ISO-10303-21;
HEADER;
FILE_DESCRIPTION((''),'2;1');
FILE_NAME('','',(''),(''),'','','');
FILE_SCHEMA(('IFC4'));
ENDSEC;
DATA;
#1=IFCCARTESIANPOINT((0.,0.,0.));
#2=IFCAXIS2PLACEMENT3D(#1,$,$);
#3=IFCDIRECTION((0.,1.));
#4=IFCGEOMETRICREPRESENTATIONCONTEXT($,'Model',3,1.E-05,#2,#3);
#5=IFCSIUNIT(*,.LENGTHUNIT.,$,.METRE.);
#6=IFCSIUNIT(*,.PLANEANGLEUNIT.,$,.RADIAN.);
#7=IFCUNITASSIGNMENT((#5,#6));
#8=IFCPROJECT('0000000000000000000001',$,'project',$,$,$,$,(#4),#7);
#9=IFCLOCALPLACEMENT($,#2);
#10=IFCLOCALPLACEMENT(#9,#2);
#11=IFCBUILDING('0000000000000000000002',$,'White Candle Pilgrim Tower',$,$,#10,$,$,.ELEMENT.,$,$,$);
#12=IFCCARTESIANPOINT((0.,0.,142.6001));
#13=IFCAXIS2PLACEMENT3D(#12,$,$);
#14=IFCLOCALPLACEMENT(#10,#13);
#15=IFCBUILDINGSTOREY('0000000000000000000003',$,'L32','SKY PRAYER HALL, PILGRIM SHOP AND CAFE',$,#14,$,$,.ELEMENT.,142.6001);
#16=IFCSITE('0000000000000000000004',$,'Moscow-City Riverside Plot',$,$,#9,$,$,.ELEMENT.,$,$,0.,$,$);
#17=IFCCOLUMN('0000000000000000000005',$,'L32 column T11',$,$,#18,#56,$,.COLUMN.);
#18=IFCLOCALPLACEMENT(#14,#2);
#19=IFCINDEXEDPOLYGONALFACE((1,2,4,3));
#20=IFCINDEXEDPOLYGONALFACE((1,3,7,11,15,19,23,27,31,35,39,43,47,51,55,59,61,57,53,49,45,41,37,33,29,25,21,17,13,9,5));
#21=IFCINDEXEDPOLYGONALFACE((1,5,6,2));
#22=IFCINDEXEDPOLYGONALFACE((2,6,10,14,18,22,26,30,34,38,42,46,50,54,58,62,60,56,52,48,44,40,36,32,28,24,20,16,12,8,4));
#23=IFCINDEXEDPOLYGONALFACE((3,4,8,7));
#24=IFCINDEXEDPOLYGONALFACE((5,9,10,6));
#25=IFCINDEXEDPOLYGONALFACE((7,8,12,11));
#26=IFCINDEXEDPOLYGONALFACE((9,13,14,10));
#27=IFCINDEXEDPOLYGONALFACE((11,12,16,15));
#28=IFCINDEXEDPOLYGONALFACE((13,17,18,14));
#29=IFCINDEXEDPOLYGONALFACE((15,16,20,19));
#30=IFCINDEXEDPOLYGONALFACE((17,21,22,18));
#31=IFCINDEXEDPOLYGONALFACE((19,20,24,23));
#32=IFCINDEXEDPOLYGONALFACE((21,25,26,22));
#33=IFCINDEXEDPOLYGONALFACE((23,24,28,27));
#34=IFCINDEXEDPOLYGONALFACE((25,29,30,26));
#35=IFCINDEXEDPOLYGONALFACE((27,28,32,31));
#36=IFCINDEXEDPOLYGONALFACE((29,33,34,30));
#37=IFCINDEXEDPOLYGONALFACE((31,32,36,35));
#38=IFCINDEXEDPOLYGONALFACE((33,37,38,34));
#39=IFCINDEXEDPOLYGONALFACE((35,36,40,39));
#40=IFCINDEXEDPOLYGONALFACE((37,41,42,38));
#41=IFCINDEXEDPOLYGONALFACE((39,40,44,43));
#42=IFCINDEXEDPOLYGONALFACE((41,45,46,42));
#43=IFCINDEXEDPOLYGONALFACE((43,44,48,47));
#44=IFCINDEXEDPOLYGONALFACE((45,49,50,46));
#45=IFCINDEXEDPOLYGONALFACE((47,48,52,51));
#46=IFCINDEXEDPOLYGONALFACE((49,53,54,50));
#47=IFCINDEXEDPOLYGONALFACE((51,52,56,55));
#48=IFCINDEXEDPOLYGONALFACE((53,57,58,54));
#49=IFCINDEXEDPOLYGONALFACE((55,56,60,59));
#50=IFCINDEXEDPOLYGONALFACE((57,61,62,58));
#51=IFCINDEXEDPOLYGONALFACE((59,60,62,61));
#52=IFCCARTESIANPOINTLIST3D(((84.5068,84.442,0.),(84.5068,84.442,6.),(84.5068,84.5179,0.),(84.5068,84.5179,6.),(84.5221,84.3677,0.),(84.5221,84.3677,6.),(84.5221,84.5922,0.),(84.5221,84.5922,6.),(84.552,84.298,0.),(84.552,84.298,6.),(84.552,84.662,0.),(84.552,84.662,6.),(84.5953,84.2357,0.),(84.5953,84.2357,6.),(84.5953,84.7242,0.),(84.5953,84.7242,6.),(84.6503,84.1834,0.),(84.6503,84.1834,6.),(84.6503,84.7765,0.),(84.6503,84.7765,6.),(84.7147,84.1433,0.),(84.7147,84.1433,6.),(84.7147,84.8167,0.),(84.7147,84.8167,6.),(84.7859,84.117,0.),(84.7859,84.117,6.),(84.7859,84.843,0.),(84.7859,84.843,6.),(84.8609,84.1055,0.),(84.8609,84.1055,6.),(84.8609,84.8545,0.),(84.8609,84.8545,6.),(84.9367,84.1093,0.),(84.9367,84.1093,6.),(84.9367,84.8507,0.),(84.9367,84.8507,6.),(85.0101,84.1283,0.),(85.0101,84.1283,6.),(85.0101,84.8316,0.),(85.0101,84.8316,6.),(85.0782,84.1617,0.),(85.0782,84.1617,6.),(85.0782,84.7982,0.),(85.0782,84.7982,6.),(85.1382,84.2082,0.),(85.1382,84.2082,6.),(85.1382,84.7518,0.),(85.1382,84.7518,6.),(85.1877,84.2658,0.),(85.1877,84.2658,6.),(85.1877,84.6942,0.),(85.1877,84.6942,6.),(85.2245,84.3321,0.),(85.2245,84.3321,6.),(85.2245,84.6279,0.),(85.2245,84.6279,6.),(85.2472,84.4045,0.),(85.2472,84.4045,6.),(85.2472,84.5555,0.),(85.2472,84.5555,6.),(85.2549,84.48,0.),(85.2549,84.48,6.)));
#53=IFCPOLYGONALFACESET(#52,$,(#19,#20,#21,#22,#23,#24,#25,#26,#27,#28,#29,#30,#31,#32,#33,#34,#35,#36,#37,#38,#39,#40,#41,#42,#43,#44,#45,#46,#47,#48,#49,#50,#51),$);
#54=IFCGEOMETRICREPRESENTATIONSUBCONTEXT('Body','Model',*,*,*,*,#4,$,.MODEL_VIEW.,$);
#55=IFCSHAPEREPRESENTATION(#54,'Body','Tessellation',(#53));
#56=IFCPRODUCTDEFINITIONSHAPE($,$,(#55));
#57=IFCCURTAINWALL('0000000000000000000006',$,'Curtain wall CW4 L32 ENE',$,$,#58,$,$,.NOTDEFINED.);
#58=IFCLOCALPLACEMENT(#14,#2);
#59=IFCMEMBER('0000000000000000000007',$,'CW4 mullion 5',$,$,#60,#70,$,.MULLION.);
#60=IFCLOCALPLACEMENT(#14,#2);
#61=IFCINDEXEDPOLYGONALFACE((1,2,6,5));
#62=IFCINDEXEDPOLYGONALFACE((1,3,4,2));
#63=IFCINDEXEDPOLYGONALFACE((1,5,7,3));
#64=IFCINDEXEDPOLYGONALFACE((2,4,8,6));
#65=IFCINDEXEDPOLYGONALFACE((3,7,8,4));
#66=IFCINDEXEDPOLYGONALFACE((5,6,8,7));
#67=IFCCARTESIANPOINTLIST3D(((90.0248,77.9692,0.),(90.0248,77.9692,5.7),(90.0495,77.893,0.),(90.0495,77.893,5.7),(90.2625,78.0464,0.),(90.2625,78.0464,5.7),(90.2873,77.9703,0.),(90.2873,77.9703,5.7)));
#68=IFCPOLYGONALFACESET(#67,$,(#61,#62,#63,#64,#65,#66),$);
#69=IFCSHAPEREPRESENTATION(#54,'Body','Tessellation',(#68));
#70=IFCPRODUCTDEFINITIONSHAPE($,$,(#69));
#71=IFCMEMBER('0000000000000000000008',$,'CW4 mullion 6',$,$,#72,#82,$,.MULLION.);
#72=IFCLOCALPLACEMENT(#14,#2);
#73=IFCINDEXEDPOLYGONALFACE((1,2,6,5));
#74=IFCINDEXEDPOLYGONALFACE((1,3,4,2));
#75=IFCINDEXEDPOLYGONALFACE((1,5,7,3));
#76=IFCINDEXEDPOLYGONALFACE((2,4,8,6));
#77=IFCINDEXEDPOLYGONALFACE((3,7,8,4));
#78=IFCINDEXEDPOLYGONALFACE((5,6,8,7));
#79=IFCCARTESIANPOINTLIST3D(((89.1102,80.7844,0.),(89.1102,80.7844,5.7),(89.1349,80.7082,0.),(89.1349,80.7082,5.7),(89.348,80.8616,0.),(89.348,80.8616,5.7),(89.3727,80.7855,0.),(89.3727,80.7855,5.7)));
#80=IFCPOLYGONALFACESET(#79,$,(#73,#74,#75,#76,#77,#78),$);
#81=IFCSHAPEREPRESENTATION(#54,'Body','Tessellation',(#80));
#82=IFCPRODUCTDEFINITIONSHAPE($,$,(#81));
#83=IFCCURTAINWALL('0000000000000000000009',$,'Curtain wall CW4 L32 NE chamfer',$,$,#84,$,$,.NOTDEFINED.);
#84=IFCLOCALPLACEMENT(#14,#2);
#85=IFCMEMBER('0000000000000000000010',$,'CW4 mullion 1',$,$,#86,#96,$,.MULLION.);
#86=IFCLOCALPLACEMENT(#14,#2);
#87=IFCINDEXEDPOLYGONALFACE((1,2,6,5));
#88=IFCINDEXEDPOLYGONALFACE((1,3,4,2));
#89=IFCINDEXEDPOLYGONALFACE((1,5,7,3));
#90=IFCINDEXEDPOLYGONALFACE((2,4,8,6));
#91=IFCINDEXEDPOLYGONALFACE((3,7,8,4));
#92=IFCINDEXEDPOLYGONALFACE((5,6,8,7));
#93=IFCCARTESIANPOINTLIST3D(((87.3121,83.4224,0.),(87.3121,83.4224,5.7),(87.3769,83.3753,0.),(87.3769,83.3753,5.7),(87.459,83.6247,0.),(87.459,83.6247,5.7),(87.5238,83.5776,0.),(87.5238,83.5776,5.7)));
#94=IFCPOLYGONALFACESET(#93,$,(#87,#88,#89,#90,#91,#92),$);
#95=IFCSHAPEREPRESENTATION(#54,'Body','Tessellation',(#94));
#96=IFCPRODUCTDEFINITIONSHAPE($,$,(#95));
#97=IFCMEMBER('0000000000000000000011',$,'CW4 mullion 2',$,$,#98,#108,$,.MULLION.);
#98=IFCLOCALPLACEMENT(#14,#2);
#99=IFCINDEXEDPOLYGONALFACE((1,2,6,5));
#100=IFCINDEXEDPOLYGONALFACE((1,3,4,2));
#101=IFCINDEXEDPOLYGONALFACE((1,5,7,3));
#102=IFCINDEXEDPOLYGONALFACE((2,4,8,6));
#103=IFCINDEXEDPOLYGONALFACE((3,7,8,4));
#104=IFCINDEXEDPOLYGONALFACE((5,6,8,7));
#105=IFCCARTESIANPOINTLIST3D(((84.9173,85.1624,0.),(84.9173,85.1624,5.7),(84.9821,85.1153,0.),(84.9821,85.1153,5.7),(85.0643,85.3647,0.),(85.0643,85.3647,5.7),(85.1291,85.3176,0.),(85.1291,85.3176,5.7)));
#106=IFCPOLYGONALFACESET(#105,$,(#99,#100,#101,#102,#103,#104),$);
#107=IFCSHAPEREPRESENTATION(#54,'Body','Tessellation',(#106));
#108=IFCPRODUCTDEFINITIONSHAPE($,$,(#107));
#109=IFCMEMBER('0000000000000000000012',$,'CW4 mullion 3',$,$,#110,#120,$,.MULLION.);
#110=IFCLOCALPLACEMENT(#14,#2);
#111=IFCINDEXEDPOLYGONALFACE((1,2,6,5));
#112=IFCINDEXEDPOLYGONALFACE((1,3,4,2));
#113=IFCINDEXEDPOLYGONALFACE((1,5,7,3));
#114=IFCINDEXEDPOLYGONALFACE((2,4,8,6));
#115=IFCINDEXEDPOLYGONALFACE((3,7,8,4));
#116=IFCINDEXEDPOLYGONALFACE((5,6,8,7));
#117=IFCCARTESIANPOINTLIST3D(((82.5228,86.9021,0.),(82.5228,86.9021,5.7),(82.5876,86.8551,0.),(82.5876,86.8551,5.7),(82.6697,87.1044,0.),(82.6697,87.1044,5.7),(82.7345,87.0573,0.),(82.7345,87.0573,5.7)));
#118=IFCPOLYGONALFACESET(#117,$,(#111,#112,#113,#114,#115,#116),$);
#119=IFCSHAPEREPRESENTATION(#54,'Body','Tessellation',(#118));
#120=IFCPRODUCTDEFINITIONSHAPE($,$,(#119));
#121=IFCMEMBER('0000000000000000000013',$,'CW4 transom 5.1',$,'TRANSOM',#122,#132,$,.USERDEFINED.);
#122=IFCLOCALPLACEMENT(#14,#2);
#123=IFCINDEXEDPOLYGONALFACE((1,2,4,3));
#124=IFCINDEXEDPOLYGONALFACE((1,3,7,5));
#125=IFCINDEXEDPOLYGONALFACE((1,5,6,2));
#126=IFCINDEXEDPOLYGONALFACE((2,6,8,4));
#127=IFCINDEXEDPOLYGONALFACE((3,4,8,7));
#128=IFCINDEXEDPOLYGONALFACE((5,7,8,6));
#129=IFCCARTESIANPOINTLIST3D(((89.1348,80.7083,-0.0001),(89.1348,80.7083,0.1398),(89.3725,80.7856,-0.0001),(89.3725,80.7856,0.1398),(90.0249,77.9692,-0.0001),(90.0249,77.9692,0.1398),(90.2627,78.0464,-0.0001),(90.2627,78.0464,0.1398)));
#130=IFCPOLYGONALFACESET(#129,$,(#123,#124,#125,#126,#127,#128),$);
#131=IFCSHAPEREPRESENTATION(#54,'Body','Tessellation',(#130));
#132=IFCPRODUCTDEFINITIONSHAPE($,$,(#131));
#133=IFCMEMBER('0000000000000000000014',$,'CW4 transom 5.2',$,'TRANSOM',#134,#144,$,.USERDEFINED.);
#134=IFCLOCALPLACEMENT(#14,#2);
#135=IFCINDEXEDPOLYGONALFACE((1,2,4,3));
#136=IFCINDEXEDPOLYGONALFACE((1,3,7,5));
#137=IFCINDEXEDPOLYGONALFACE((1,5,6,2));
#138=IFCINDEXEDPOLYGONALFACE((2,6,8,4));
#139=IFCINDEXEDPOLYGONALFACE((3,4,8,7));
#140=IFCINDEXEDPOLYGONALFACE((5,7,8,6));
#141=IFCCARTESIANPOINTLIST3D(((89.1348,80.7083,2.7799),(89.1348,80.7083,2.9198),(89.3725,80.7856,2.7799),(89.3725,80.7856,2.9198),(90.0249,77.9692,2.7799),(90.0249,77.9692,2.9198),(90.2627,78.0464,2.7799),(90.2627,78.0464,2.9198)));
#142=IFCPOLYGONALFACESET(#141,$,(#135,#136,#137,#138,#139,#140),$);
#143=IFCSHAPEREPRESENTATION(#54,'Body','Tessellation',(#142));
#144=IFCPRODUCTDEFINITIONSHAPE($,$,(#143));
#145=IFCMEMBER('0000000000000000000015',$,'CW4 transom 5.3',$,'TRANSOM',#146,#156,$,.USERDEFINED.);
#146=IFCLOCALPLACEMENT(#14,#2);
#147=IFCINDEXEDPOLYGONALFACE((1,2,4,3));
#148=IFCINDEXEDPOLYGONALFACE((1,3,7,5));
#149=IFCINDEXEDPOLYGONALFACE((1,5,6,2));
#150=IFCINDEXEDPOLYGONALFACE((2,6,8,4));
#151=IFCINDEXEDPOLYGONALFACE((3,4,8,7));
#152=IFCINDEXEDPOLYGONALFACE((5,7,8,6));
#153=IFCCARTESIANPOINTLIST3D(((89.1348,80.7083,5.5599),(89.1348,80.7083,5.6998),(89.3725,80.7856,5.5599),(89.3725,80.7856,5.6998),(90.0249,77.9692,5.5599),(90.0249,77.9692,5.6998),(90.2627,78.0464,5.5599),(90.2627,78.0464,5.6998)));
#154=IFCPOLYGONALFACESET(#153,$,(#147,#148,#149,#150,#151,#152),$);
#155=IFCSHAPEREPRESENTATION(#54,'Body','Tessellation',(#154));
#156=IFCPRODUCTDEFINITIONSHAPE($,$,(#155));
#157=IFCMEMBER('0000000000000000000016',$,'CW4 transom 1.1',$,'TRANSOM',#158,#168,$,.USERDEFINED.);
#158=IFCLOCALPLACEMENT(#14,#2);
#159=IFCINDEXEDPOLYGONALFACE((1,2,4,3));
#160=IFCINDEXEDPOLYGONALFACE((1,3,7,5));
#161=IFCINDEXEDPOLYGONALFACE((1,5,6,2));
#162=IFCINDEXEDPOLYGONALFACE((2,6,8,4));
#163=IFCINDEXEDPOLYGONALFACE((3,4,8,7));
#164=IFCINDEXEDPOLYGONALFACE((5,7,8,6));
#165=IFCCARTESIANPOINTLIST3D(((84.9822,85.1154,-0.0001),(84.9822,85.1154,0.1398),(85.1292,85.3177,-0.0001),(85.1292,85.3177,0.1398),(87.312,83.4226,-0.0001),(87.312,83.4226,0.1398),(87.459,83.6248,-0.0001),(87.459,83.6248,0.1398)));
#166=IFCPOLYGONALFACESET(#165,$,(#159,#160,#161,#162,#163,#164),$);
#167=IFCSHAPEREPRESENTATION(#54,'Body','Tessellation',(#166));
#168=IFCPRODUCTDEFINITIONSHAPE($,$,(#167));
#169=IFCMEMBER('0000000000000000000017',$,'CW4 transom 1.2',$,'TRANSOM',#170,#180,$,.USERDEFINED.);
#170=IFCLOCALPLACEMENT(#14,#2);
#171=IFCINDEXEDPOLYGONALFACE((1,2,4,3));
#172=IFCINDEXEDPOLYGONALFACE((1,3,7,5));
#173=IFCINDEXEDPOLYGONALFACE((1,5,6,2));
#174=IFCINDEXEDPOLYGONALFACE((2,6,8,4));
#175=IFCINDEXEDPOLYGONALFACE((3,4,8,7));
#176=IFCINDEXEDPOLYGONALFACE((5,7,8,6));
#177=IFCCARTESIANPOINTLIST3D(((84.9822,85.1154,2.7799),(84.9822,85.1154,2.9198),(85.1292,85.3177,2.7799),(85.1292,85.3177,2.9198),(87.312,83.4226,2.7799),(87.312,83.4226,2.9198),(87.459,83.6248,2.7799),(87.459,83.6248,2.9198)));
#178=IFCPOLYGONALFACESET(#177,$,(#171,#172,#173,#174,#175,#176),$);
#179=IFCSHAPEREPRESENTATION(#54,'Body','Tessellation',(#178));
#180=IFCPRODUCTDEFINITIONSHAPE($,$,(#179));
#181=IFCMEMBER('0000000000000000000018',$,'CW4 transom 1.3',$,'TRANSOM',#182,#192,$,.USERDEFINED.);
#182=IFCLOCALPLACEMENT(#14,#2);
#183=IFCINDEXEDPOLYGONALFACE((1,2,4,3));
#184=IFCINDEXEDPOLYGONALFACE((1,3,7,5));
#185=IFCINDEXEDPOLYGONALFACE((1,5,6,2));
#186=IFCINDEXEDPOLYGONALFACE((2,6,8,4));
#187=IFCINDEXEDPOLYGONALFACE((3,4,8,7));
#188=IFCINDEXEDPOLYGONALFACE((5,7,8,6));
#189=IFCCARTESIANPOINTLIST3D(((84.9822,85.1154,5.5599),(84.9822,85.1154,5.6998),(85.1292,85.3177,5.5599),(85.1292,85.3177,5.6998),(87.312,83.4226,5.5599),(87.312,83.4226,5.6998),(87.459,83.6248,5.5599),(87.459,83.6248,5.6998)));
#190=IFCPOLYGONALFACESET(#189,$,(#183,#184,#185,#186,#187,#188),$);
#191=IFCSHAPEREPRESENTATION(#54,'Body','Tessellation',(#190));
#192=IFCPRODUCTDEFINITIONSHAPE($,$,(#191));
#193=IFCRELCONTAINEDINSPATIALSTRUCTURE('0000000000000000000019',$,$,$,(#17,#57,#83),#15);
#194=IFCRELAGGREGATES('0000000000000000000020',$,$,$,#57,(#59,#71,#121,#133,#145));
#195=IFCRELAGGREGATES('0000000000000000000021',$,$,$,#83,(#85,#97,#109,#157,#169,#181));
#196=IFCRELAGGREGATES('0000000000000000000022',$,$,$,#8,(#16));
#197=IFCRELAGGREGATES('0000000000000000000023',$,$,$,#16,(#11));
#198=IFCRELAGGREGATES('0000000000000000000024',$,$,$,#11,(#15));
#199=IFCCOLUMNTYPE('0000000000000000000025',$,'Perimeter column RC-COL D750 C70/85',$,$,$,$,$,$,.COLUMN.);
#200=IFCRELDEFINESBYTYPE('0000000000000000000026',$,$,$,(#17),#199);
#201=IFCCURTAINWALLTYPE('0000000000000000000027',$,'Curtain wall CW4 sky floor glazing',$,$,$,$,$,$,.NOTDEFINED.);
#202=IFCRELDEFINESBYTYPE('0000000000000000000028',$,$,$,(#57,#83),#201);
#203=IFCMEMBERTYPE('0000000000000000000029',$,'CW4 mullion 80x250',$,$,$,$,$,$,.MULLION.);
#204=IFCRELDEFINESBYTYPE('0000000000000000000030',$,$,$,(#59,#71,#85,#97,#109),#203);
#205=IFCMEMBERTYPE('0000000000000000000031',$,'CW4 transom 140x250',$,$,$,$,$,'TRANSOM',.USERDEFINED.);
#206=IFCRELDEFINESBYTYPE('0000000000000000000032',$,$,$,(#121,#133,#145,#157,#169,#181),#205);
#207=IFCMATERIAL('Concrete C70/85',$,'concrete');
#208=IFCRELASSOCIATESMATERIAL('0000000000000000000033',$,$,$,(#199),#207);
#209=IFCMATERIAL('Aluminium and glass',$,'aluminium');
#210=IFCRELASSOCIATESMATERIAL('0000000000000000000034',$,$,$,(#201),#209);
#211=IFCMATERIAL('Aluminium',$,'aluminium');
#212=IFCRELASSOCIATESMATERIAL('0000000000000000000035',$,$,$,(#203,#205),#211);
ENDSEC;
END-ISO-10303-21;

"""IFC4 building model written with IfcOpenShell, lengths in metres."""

from ifc_helpers import new_model, si_unit, direction, frame, origin, origin_2d, place, context, subcontext, project, spatial, rectangle, circle, extrude, material, material_profile, profile_set, type_object, element, aggregate, save


model = new_model("IFC4")

# Units and contexts
model_context = context("Model", 3, precision=1e-05, world=origin(), true_north=direction((0.0, 1.0)))
body_context = subcontext(model_context, "Body", "Model", "MODEL_VIEW")
ifc_project = project(units=[si_unit("LENGTHUNIT", "METRE"), si_unit("PLANEANGLEUNIT", "RADIAN")], contexts=[model_context])

# Site, building, storey
site_placement = place(None, origin())
site = spatial("IfcSite", under=ifc_project, at=site_placement, Name="Moscow-City Riverside Plot", CompositionType="ELEMENT", RefElevation=0.0)
building_placement = place(site_placement, origin())
building = spatial("IfcBuilding", under=site, at=building_placement, Name="White Candle Pilgrim Tower", CompositionType="ELEMENT")
storey_placement = place(building_placement, frame((0.0, 0.0, 142.6001)))
storey = spatial("IfcBuildingStorey", under=building, at=storey_placement, Name="L32", Description="SKY PRAYER HALL, PILGRIM SHOP AND CAFE", CompositionType="ELEMENT", Elevation=142.6001)

# Column
ifc_material_1 = material(Name="Concrete C70/85", Category="concrete")
ifc_material_profile_1 = material_profile(ifc_material_1, circle(Radius=0.375, at=origin_2d()), Name="RC-COL D750")
ifc_profile_set_1 = profile_set([ifc_material_profile_1], Name="Concrete C70/85")
column_type = type_object("IfcColumnType", Name="Perimeter column RC-COL D750 C70/85", PredefinedType="COLUMN", material=ifc_profile_set_1)
column_placement = place(storey_placement, frame((84.8799, 84.48, 0.0), z_axis=(0.0, 0.0, 1.0), x_axis=(1.0, 0.0, 0.0)))
element("IfcColumn", 1, at=column_placement, inside=storey, type_object=column_type, Name="L32 column T11", PredefinedType="COLUMN", context=body_context, shape_type="SweptSolid", body=[
    extrude(circle(Radius=0.375, at=origin_2d()), origin(), (0.0, 0.0, 1.0), 6.0),
])

# Curtain walls, members
ifc_material_2 = material(Name="Aluminium and glass", Category="aluminium")
curtain_wall_type = type_object("IfcCurtainWallType", Name="Curtain wall CW4 sky floor glazing", PredefinedType="NOTDEFINED", material=ifc_material_2)
curtain_wall_1_placement = place(storey_placement, origin())
curtain_wall_1 = element("IfcCurtainWall", 2, at=curtain_wall_1_placement, inside=storey, type_object=curtain_wall_type, Name="Curtain wall CW4 L32 ENE", PredefinedType="NOTDEFINED")
ifc_material_3 = material(Name="Aluminium", Category="aluminium")
ifc_material_profile_2 = material_profile(ifc_material_3, rectangle(XDim=0.25, YDim=0.0801, at=origin_2d()), Name="CW4 mullion 80x250")
ifc_profile_set_2 = profile_set([ifc_material_profile_2], Name="Aluminium")
member_type_1 = type_object("IfcMemberType", Name="CW4 mullion 80x250", PredefinedType="MULLION", material=ifc_profile_set_2)
member_1_placement = place(storey_placement, frame((90.156, 77.9697, 0.0), z_axis=(0.0, 0.0, 1.0), x_axis=(-0.951057, -0.309017, 0.0)))
member_1 = element("IfcMember", 3, at=member_1_placement, type_object=member_type_1, Name="CW4 mullion 5", PredefinedType="MULLION", context=body_context, shape_type="SweptSolid", body=[
    extrude(rectangle(XDim=0.25, YDim=0.0801, at=origin_2d()), origin(), (0.0, 0.0, 1.0), 5.7),
])
member_2_placement = place(storey_placement, frame((89.2415, 80.7849, 0.0), z_axis=(0.0, 0.0, 1.0), x_axis=(-0.951057, -0.309017, 0.0)))
member_2 = element("IfcMember", 4, at=member_2_placement, type_object=member_type_1, Name="CW4 mullion 6", PredefinedType="MULLION", context=body_context, shape_type="SweptSolid", body=[
    extrude(rectangle(XDim=0.25, YDim=0.0801, at=origin_2d()), origin(), (0.0, 0.0, 1.0), 5.7),
])
curtain_wall_2_placement = place(storey_placement, origin())
curtain_wall_2 = element("IfcCurtainWall", 5, at=curtain_wall_2_placement, inside=storey, type_object=curtain_wall_type, Name="Curtain wall CW4 L32 NE chamfer", PredefinedType="NOTDEFINED")
member_3_placement = place(storey_placement, frame((87.418, 83.5, 0.0), z_axis=(0.0, 0.0, 1.0), x_axis=(-0.587785, -0.809017, 0.0)))
member_3 = element("IfcMember", 6, at=member_3_placement, type_object=member_type_1, Name="CW4 mullion 1", PredefinedType="MULLION", context=body_context, shape_type="SweptSolid", body=[
    extrude(rectangle(XDim=0.25, YDim=0.0801, at=origin_2d()), origin(), (0.0, 0.0, 1.0), 5.7),
])
member_4_placement = place(storey_placement, frame((85.0232, 85.24, 0.0), z_axis=(0.0, 0.0, 1.0), x_axis=(-0.587785, -0.809017, 0.0)))
member_4 = element("IfcMember", 7, at=member_4_placement, type_object=member_type_1, Name="CW4 mullion 2", PredefinedType="MULLION", context=body_context, shape_type="SweptSolid", body=[
    extrude(rectangle(XDim=0.25, YDim=0.0801, at=origin_2d()), origin(), (0.0, 0.0, 1.0), 5.7),
])
member_5_placement = place(storey_placement, frame((82.6287, 86.9797, 0.0), z_axis=(0.0, 0.0, 1.0), x_axis=(-0.587785, -0.809017, 0.0)))
member_5 = element("IfcMember", 8, at=member_5_placement, type_object=member_type_1, Name="CW4 mullion 3", PredefinedType="MULLION", context=body_context, shape_type="SweptSolid", body=[
    extrude(rectangle(XDim=0.25, YDim=0.0801, at=origin_2d()), origin(), (0.0, 0.0, 1.0), 5.7),
])

# Members
ifc_material_profile_3 = material_profile(ifc_material_3, rectangle(XDim=0.25, YDim=0.1399, at=origin_2d()), Name="CW4 transom 140x250")
ifc_profile_set_3 = profile_set([ifc_material_profile_3], Name="Aluminium")
member_type_2 = type_object("IfcMemberType", Name="CW4 transom 140x250", ElementType="TRANSOM", PredefinedType="USERDEFINED", material=ifc_profile_set_3)
member_6_placement = place(storey_placement, frame((90.1438, 78.0078, 0.0698), z_axis=(-0.309073, 0.951038, 0.0), x_axis=(-0.951038, -0.309073, 0.0)))
member_6 = element("IfcMember", 9, at=member_6_placement, type_object=member_type_2, Name="CW4 transom 5.1", ObjectType="TRANSOM", PredefinedType="USERDEFINED", context=body_context, shape_type="SweptSolid", body=[
    extrude(rectangle(XDim=0.25, YDim=0.1399, at=origin_2d()), origin(), (0.0, 0.0, 1.0), 2.8801),
])
member_7_placement = place(storey_placement, frame((90.1438, 78.0078, 2.8499), z_axis=(-0.309073, 0.951038, 0.0), x_axis=(-0.951038, -0.309073, 0.0)))
member_7 = element("IfcMember", 10, at=member_7_placement, type_object=member_type_2, Name="CW4 transom 5.2", ObjectType="TRANSOM", PredefinedType="USERDEFINED", context=body_context, shape_type="SweptSolid", body=[
    extrude(rectangle(XDim=0.25, YDim=0.1399, at=origin_2d()), origin(), (0.0, 0.0, 1.0), 2.8801),
])
member_8_placement = place(storey_placement, frame((90.1438, 78.0078, 5.6299), z_axis=(-0.309073, 0.951038, 0.0), x_axis=(-0.951038, -0.309073, 0.0)))
member_8 = element("IfcMember", 11, at=member_8_placement, type_object=member_type_2, Name="CW4 transom 5.3", ObjectType="TRANSOM", PredefinedType="USERDEFINED", context=body_context, shape_type="SweptSolid", body=[
    extrude(rectangle(XDim=0.25, YDim=0.1399, at=origin_2d()), origin(), (0.0, 0.0, 1.0), 2.8801),
])
member_9_placement = place(storey_placement, frame((87.3855, 83.5237, 0.0698), z_axis=(-0.808993, 0.587819, 0.0), x_axis=(-0.587819, -0.808993, 0.0)))
member_9 = element("IfcMember", 12, at=member_9_placement, type_object=member_type_2, Name="CW4 transom 1.1", ObjectType="TRANSOM", PredefinedType="USERDEFINED", context=body_context, shape_type="SweptSolid", body=[
    extrude(rectangle(XDim=0.25, YDim=0.1399, at=origin_2d()), origin(), (0.0, 0.0, 1.0), 2.8799),
])
member_10_placement = place(storey_placement, frame((87.3855, 83.5237, 2.8499), z_axis=(-0.808993, 0.587819, 0.0), x_axis=(-0.587819, -0.808993, 0.0)))
member_10 = element("IfcMember", 13, at=member_10_placement, type_object=member_type_2, Name="CW4 transom 1.2", ObjectType="TRANSOM", PredefinedType="USERDEFINED", context=body_context, shape_type="SweptSolid", body=[
    extrude(rectangle(XDim=0.25, YDim=0.1399, at=origin_2d()), origin(), (0.0, 0.0, 1.0), 2.8799),
])
member_11_placement = place(storey_placement, frame((87.3855, 83.5237, 5.6299), z_axis=(-0.808993, 0.587819, 0.0), x_axis=(-0.587819, -0.808993, 0.0)))
member_11 = element("IfcMember", 14, at=member_11_placement, type_object=member_type_2, Name="CW4 transom 1.3", ObjectType="TRANSOM", PredefinedType="USERDEFINED", context=body_context, shape_type="SweptSolid", body=[
    extrude(rectangle(XDim=0.25, YDim=0.1399, at=origin_2d()), origin(), (0.0, 0.0, 1.0), 2.8799),
])

aggregate(curtain_wall_1, [member_1, member_2, member_6, member_7, member_8])
aggregate(curtain_wall_2, [member_3, member_4, member_5, member_9, member_10, member_11])

save(model, "model.ifc")
